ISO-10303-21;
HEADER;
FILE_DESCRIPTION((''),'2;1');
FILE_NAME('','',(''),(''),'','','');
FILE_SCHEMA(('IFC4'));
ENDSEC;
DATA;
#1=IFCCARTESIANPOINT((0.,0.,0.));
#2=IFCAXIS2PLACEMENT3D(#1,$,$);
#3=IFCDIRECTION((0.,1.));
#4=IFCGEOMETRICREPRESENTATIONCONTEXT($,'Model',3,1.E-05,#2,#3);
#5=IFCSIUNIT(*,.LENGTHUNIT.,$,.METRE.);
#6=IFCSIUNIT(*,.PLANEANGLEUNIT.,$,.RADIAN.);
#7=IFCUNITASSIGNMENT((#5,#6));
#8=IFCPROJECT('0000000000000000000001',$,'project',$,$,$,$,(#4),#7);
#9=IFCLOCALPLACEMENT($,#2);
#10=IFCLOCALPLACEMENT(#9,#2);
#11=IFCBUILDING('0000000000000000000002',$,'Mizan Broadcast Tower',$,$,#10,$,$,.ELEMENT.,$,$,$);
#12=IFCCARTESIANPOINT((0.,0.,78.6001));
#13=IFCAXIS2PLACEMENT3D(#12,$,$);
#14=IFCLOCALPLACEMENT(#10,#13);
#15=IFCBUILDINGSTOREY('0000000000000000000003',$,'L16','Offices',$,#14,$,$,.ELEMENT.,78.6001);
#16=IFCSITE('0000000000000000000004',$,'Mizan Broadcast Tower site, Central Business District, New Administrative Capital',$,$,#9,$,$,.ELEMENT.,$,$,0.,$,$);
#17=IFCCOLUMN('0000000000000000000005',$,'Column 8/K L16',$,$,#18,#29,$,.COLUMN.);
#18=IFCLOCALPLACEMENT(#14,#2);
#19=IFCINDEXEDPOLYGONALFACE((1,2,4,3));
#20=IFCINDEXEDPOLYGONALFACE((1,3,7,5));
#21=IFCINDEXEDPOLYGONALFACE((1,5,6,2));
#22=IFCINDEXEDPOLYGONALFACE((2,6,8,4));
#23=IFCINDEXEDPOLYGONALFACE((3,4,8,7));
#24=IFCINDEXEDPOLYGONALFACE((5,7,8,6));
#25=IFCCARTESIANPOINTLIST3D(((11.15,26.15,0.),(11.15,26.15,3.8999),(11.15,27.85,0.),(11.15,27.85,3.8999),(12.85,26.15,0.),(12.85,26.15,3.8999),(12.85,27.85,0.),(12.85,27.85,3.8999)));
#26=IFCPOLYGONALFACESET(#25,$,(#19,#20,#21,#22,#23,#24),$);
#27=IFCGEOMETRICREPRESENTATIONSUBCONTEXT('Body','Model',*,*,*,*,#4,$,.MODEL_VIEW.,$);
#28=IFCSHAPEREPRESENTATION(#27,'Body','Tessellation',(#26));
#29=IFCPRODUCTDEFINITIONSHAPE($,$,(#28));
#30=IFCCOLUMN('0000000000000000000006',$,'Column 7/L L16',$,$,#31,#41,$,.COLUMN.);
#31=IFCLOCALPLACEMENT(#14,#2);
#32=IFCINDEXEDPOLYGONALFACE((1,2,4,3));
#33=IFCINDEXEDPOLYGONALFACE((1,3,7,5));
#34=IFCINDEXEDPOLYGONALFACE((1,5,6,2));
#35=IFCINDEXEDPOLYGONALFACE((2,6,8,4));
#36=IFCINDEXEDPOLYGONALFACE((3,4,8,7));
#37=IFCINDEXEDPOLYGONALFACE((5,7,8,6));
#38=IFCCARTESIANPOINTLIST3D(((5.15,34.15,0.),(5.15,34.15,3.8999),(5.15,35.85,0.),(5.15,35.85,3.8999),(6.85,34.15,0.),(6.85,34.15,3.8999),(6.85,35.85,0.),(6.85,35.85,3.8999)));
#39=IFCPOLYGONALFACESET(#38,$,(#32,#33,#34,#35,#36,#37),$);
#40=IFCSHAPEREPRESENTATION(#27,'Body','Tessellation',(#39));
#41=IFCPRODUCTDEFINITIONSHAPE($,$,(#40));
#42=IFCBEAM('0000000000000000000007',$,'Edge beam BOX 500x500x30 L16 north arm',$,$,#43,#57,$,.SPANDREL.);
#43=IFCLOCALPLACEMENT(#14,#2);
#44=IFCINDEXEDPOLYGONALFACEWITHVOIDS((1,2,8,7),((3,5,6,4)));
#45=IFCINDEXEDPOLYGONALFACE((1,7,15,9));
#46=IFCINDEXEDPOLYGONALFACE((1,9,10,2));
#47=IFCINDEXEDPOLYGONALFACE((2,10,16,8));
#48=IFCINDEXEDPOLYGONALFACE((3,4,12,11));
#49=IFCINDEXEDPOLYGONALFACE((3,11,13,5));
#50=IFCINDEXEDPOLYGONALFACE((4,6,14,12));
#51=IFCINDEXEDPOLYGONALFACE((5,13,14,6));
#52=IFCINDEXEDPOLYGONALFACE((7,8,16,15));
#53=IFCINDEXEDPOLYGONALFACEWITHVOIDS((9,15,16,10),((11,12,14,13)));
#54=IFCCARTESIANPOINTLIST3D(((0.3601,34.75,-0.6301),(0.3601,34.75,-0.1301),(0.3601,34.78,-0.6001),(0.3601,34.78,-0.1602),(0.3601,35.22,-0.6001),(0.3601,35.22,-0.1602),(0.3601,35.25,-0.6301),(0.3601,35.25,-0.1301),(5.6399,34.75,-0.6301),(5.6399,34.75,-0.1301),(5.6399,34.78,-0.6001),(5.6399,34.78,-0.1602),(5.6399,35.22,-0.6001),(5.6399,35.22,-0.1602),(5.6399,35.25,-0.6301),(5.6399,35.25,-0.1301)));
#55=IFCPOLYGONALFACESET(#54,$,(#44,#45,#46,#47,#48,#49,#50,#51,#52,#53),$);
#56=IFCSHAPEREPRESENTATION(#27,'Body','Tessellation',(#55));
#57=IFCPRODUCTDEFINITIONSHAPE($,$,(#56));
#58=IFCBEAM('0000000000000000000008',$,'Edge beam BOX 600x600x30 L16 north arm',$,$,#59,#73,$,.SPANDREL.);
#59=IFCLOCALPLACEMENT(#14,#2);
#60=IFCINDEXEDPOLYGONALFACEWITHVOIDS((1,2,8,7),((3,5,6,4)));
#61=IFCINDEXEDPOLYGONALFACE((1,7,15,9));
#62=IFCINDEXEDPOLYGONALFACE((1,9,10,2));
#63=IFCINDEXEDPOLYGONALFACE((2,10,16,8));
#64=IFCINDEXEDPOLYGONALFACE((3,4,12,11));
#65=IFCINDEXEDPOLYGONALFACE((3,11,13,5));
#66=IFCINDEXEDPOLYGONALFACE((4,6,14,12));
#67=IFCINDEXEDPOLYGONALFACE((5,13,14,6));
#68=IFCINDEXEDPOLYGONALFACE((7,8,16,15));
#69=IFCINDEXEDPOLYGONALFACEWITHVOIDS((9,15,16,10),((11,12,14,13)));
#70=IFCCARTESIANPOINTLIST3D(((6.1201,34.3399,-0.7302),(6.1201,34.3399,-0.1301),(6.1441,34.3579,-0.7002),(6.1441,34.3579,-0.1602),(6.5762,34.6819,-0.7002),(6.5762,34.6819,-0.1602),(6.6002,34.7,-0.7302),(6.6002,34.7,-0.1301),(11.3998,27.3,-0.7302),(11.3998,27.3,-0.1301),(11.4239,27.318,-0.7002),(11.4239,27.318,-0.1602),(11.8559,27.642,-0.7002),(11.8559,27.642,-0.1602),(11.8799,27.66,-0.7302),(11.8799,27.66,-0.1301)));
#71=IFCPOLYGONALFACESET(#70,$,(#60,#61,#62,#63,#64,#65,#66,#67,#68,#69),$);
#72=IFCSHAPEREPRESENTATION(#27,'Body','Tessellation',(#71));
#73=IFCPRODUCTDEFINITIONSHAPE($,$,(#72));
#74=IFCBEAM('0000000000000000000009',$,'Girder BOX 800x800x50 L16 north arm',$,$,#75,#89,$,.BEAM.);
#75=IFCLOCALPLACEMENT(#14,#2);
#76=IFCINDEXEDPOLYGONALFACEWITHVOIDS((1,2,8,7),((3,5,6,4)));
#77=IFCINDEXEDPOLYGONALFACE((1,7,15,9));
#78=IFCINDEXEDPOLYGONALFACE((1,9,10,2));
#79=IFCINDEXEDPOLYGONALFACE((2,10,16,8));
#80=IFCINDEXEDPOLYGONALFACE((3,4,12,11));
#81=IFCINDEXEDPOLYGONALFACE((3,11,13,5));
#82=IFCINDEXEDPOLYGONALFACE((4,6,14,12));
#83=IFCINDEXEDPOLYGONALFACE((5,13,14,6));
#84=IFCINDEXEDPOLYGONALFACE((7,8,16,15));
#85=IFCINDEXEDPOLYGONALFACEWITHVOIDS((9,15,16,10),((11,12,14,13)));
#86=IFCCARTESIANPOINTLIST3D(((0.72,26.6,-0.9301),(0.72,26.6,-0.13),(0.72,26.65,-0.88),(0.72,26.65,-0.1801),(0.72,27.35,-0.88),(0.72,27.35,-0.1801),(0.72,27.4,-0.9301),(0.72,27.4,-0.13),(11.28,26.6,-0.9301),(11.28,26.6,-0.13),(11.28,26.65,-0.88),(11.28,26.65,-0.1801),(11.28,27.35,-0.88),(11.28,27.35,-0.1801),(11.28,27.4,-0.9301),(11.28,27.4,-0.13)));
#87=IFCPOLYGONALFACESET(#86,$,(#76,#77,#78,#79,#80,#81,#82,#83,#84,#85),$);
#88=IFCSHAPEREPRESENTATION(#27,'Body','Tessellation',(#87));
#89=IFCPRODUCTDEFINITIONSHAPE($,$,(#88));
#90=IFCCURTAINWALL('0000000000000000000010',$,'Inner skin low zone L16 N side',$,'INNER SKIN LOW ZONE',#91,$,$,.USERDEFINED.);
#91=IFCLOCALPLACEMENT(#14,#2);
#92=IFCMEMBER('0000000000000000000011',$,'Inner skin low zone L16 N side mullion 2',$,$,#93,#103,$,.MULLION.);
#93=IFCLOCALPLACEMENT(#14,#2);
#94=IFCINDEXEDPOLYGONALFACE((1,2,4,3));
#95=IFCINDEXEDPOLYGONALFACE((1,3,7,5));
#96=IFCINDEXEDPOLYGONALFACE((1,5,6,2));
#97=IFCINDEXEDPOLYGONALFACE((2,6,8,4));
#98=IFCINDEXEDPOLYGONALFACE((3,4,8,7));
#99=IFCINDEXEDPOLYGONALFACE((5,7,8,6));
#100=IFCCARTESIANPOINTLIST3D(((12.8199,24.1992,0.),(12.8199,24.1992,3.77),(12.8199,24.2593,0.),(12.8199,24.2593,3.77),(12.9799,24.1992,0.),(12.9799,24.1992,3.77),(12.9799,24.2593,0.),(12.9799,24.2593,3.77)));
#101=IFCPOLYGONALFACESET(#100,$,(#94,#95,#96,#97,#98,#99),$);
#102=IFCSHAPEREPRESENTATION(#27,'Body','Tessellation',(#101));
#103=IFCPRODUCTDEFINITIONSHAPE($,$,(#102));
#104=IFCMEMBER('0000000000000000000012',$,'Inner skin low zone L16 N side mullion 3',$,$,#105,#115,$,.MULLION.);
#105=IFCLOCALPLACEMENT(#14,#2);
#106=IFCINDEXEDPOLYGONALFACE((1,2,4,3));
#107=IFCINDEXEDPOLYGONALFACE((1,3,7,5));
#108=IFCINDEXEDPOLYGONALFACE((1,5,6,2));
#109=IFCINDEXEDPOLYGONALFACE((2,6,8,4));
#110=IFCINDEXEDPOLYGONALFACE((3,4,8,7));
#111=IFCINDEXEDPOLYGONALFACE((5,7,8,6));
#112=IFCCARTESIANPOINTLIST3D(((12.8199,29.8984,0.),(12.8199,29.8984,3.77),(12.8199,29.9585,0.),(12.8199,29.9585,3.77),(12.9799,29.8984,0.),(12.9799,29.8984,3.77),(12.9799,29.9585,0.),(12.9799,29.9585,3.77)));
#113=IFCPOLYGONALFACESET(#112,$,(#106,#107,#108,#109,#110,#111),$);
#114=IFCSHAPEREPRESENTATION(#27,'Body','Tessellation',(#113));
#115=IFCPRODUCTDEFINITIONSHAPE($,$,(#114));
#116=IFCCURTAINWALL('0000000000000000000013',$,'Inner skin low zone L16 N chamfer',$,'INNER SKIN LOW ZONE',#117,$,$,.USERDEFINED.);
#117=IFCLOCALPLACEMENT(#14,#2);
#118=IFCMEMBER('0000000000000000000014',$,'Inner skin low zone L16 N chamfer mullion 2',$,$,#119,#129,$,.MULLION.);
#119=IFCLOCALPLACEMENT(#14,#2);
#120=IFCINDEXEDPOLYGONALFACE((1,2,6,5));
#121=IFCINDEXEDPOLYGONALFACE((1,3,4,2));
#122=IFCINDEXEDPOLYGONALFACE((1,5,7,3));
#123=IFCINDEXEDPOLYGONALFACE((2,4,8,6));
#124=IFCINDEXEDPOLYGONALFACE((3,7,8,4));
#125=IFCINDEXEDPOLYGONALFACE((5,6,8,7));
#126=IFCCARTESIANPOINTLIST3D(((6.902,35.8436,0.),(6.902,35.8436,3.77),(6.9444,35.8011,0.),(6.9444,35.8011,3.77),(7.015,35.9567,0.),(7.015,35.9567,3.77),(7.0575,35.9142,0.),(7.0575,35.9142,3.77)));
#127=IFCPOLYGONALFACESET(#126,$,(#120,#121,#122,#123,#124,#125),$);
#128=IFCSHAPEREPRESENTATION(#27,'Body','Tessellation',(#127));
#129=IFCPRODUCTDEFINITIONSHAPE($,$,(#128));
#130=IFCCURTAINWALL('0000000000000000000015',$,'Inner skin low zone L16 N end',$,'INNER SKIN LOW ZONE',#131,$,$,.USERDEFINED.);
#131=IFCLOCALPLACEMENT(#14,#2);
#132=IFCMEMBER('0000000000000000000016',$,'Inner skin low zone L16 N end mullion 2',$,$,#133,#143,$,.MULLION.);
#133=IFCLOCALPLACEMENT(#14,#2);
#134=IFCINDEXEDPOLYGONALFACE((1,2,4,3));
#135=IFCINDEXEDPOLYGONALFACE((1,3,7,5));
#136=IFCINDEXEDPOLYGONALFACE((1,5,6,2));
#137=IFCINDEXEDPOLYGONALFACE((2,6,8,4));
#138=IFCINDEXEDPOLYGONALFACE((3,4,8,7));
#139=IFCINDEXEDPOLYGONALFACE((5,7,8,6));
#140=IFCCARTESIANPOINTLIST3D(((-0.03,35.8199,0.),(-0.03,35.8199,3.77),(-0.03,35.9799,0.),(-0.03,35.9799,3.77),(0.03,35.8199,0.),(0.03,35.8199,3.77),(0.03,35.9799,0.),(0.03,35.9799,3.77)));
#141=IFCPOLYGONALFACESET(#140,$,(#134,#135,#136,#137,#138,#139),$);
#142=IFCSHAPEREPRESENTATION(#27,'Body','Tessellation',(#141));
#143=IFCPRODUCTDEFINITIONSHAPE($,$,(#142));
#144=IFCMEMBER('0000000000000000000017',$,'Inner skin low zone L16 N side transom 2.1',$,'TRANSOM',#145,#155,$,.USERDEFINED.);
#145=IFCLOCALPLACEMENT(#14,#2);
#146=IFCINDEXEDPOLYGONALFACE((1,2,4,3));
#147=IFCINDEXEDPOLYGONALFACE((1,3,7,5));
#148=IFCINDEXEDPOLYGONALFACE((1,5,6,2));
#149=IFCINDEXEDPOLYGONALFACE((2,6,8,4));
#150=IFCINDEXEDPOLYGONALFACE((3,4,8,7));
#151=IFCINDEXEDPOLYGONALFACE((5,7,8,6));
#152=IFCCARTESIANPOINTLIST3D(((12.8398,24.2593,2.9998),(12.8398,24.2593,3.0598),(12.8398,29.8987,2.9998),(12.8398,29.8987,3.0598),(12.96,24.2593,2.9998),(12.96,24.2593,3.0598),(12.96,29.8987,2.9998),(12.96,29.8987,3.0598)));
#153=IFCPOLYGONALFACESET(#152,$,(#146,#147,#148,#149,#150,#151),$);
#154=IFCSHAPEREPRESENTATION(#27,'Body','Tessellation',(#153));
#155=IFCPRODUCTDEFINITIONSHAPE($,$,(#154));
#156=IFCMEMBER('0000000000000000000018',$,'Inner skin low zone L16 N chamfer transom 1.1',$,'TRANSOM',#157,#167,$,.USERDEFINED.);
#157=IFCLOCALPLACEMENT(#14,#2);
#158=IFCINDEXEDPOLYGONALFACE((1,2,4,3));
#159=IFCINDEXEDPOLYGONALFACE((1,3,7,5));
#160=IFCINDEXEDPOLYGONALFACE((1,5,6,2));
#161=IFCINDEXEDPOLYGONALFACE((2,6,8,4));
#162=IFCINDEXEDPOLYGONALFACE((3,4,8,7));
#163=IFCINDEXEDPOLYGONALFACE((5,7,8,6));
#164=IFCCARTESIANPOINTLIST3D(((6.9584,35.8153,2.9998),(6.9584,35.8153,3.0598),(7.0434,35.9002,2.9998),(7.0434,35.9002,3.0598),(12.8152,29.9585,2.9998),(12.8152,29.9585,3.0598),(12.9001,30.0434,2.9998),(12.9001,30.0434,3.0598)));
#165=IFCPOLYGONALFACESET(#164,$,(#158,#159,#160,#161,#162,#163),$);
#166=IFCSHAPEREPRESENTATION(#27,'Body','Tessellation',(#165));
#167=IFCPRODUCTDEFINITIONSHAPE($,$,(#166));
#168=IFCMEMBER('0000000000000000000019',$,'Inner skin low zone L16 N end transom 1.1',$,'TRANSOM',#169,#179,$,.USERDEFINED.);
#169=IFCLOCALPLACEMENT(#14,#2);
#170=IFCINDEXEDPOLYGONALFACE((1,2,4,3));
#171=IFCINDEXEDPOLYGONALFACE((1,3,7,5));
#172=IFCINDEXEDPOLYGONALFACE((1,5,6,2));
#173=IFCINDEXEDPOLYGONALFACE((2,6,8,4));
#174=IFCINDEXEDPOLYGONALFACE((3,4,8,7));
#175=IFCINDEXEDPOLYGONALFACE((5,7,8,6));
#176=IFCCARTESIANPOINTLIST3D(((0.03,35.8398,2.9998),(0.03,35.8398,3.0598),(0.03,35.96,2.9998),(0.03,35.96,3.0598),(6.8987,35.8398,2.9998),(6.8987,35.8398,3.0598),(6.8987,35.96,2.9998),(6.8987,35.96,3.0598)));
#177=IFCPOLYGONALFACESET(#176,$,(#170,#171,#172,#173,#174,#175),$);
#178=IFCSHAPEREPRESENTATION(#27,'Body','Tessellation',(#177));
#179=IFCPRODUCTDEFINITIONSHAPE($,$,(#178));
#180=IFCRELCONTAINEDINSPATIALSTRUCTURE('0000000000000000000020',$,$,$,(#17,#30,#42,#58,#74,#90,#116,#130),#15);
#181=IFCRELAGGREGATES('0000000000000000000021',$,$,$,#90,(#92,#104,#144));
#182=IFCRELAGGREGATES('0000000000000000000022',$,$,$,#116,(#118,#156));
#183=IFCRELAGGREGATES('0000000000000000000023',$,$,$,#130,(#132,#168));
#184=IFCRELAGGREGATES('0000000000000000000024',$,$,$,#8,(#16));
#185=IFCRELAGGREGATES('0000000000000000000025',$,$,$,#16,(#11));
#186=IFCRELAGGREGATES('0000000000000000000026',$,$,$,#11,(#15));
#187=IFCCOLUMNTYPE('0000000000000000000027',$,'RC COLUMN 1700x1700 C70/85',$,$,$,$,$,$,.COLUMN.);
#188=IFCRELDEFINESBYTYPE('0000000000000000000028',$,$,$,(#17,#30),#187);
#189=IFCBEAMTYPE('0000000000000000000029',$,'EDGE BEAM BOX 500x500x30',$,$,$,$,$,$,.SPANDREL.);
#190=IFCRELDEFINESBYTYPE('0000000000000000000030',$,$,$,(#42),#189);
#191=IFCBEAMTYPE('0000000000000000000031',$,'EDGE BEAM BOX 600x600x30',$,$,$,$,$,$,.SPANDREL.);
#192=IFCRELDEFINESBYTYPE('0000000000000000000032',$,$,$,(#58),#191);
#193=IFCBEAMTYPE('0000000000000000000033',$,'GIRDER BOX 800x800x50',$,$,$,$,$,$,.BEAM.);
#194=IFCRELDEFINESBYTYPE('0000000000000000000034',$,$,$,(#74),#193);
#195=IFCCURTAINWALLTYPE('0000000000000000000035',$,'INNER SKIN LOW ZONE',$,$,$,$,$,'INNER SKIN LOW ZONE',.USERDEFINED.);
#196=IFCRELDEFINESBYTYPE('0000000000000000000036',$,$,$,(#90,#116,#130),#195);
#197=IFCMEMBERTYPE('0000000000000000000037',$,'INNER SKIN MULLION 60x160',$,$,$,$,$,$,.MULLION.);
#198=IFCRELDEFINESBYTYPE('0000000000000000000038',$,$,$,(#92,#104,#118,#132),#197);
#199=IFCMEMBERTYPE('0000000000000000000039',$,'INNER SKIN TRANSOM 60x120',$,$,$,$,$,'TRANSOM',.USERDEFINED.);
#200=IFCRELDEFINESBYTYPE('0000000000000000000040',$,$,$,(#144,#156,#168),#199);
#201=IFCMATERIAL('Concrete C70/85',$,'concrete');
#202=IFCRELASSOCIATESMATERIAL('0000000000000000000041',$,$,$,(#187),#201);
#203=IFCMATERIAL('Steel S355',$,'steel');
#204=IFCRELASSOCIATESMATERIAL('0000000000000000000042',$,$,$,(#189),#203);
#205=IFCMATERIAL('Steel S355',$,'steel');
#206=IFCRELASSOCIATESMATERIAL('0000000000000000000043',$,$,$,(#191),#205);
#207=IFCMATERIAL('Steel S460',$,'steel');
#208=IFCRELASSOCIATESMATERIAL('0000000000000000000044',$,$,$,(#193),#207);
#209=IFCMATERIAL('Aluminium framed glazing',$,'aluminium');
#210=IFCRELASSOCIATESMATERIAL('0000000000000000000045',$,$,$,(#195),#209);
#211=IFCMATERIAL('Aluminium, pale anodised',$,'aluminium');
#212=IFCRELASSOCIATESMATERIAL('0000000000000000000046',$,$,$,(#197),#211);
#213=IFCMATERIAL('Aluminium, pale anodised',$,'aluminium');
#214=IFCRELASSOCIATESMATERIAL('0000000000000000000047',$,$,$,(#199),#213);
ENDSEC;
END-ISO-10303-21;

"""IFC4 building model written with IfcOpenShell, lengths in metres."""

from ifc_helpers import new_model, si_unit, direction, frame, origin, origin_2d, place, context, subcontext, project, spatial, rectangle, hollow_rectangle, extrude, material, material_profile, profile_set, type_object, element, aggregate, save


model = new_model("IFC4")

# Units and contexts
model_context = context("Model", 3, precision=1e-05, world=origin(), true_north=direction((0.0, 1.0)))
body_context = subcontext(model_context, "Body", "Model", "MODEL_VIEW")
ifc_project = project(units=[si_unit("LENGTHUNIT", "METRE"), si_unit("PLANEANGLEUNIT", "RADIAN")], contexts=[model_context])

# Site, building, storey
site_placement = place(None, origin())
site = spatial("IfcSite", under=ifc_project, at=site_placement, Name="Mizan Broadcast Tower site, Central Business District, New Administrative Capital", CompositionType="ELEMENT", RefElevation=0.0)
building_placement = place(site_placement, origin())
building = spatial("IfcBuilding", under=site, at=building_placement, Name="Mizan Broadcast Tower", CompositionType="ELEMENT")
storey_placement = place(building_placement, frame((0.0, 0.0, 78.6001)))
storey = spatial("IfcBuildingStorey", under=building, at=storey_placement, Name="L16", Description="Offices", CompositionType="ELEMENT", Elevation=78.6001)

# Columns
ifc_material_1 = material(Name="Concrete C70/85", Category="concrete")
ifc_material_profile_1 = material_profile(ifc_material_1, rectangle(XDim=1.7, YDim=1.7, at=origin_2d()), Name="RC 1700x1700")
ifc_profile_set_1 = profile_set([ifc_material_profile_1], Name="Concrete C70/85")
column_type = type_object("IfcColumnType", Name="RC COLUMN 1700x1700 C70/85", PredefinedType="COLUMN", material=ifc_profile_set_1)
for number, where, z_axis, x_axis, name in (
    (1, (12.0, 27.0, 0.0), (0.0, 0.0, 1.0), (1.0, 0.0, 0.0), "Column 8/K L16"),
    (2, (6.0, 35.0, 0.0), (0.0, 0.0, 1.0), (1.0, 0.0, 0.0), "Column 7/L L16"),
):
    element("IfcColumn", number, at=place(storey_placement, frame(where, z_axis=z_axis, x_axis=x_axis)), inside=storey, type_object=column_type, Name=name, PredefinedType="COLUMN", context=body_context, shape_type="SweptSolid", body=[
        extrude(rectangle(XDim=1.7, YDim=1.7, at=origin_2d()), origin(), (0.0, 0.0, 1.0), 3.8999),
    ])

# Beams
ifc_material_2 = material(Name="Steel S355", Category="steel")
ifc_material_profile_2 = material_profile(ifc_material_2, hollow_rectangle(XDim=0.5, YDim=0.5, WallThickness=0.03, at=origin_2d()), Name="BOX 500x500x30")
ifc_profile_set_2 = profile_set([ifc_material_profile_2], Name="Steel S355")
beam_type_1 = type_object("IfcBeamType", Name="EDGE BEAM BOX 500x500x30", PredefinedType="SPANDREL", material=ifc_profile_set_2)
beam_1_placement = place(storey_placement, frame((5.6399, 35.0, -0.3801), z_axis=(-1.0, 0.0, 0.0), x_axis=(0.0, -1.0, 0.0)))
element("IfcBeam", 3, at=beam_1_placement, inside=storey, type_object=beam_type_1, Name="Edge beam BOX 500x500x30 L16 north arm", PredefinedType="SPANDREL", context=body_context, shape_type="SweptSolid", body=[
    extrude(hollow_rectangle(XDim=0.5, YDim=0.5, WallThickness=0.03, at=origin_2d()), origin(), (0.0, 0.0, 1.0), 5.2798),
])
ifc_material_3 = material(Name="Steel S355", Category="steel")
ifc_material_profile_3 = material_profile(ifc_material_3, hollow_rectangle(XDim=0.6001, YDim=0.6001, WallThickness=0.03, at=origin_2d()), Name="BOX 600x600x30")
ifc_profile_set_3 = profile_set([ifc_material_profile_3], Name="Steel S355")
beam_type_2 = type_object("IfcBeamType", Name="EDGE BEAM BOX 600x600x30", PredefinedType="SPANDREL", material=ifc_profile_set_3)
beam_2_placement = place(storey_placement, frame((11.6399, 27.48, -0.4302), z_axis=(-0.599982, 0.800013, 0.0), x_axis=(-0.800013, -0.599982, 0.0)))
element("IfcBeam", 4, at=beam_2_placement, inside=storey, type_object=beam_type_2, Name="Edge beam BOX 600x600x30 L16 north arm", PredefinedType="SPANDREL", context=body_context, shape_type="SweptSolid", body=[
    extrude(hollow_rectangle(XDim=0.6001, YDim=0.6001, WallThickness=0.03, at=origin_2d()), origin(), (0.0, 0.0, 1.0), 8.7998),
])
ifc_material_4 = material(Name="Steel S460", Category="steel")
ifc_material_profile_4 = material_profile(ifc_material_4, hollow_rectangle(XDim=0.8, YDim=0.8, WallThickness=0.05, at=origin_2d()), Name="BOX 800x800x50")
ifc_profile_set_4 = profile_set([ifc_material_profile_4], Name="Steel S460")
beam_type_3 = type_object("IfcBeamType", Name="GIRDER BOX 800x800x50", PredefinedType="BEAM", material=ifc_profile_set_4)
beam_3_placement = place(storey_placement, frame((11.28, 27.0, -0.53), z_axis=(-1.0, 0.0, 0.0), x_axis=(0.0, -1.0, 0.0)))
element("IfcBeam", 5, at=beam_3_placement, inside=storey, type_object=beam_type_3, Name="Girder BOX 800x800x50 L16 north arm", PredefinedType="BEAM", context=body_context, shape_type="SweptSolid", body=[
    extrude(hollow_rectangle(XDim=0.8, YDim=0.8, WallThickness=0.05, at=origin_2d()), origin(), (0.0, 0.0, 1.0), 10.5601),
])

# Curtain wall, members
ifc_material_5 = material(Name="Aluminium framed glazing", Category="aluminium")
curtain_wall_type_1 = type_object("IfcCurtainWallType", Name="INNER SKIN LOW ZONE", ElementType="INNER SKIN LOW ZONE", PredefinedType="USERDEFINED", material=ifc_material_5)
curtain_wall_1_placement = place(storey_placement, origin())
curtain_wall_1 = element("IfcCurtainWall", 6, at=curtain_wall_1_placement, inside=storey, type_object=curtain_wall_type_1, Name="Inner skin low zone L16 N side", ObjectType="INNER SKIN LOW ZONE", PredefinedType="USERDEFINED")
ifc_material_6 = material(Name="Aluminium, pale anodised", Category="aluminium")
ifc_material_profile_5 = material_profile(ifc_material_6, rectangle(XDim=0.1599, YDim=0.0601, at=origin_2d()), Name="MULLION 160x60")
ifc_profile_set_5 = profile_set([ifc_material_profile_5], Name="Aluminium, pale anodised")
member_type_1 = type_object("IfcMemberType", Name="INNER SKIN MULLION 60x160", PredefinedType="MULLION", material=ifc_profile_set_5)
member_1_placement = place(storey_placement, frame((12.8999, 24.2292, 0.0), z_axis=(0.0, 0.0, 1.0), x_axis=(-1.0, 0.0, 0.0)))
member_1 = element("IfcMember", 7, at=member_1_placement, type_object=member_type_1, Name="Inner skin low zone L16 N side mullion 2", PredefinedType="MULLION", context=body_context, shape_type="SweptSolid", body=[
    extrude(rectangle(XDim=0.1599, YDim=0.0601, at=origin_2d()), origin(), (0.0, 0.0, 1.0), 3.77),
])
member_2_placement = place(storey_placement, frame((12.8999, 29.9285, 0.0), z_axis=(0.0, 0.0, 1.0), x_axis=(-1.0, 0.0, 0.0)))
member_2 = element("IfcMember", 8, at=member_2_placement, type_object=member_type_1, Name="Inner skin low zone L16 N side mullion 3", PredefinedType="MULLION", context=body_context, shape_type="SweptSolid", body=[
    extrude(rectangle(XDim=0.1599, YDim=0.0601, at=origin_2d()), origin(), (0.0, 0.0, 1.0), 3.77),
])

# Curtain walls, members
curtain_wall_2_placement = place(storey_placement, origin())
curtain_wall_2 = element("IfcCurtainWall", 9, at=curtain_wall_2_placement, inside=storey, type_object=curtain_wall_type_1, Name="Inner skin low zone L16 N chamfer", ObjectType="INNER SKIN LOW ZONE", PredefinedType="USERDEFINED")
member_3_placement = place(storey_placement, frame((6.9797, 35.8789, 0.0), z_axis=(0.0, 0.0, 1.0), x_axis=(-0.707107, -0.707107, 0.0)))
member_3 = element("IfcMember", 10, at=member_3_placement, type_object=member_type_1, Name="Inner skin low zone L16 N chamfer mullion 2", PredefinedType="MULLION", context=body_context, shape_type="SweptSolid", body=[
    extrude(rectangle(XDim=0.1599, YDim=0.0601, at=origin_2d()), origin(), (0.0, 0.0, 1.0), 3.77),
])
curtain_wall_3_placement = place(storey_placement, origin())
curtain_wall_3 = element("IfcCurtainWall", 11, at=curtain_wall_3_placement, inside=storey, type_object=curtain_wall_type_1, Name="Inner skin low zone L16 N end", ObjectType="INNER SKIN LOW ZONE", PredefinedType="USERDEFINED")
member_4_placement = place(storey_placement, frame((0.0, 35.8999, 0.0), z_axis=(0.0, 0.0, 1.0), x_axis=(0.0, -1.0, 0.0)))
member_4 = element("IfcMember", 12, at=member_4_placement, type_object=member_type_1, Name="Inner skin low zone L16 N end mullion 2", PredefinedType="MULLION", context=body_context, shape_type="SweptSolid", body=[
    extrude(rectangle(XDim=0.1599, YDim=0.0601, at=origin_2d()), origin(), (0.0, 0.0, 1.0), 3.77),
])

# Members
ifc_material_7 = material(Name="Aluminium, pale anodised", Category="aluminium")
ifc_material_profile_6 = material_profile(ifc_material_7, rectangle(XDim=0.1201, YDim=0.0601, at=origin_2d()), Name="TRANSOM 120x60")
ifc_profile_set_6 = profile_set([ifc_material_profile_6], Name="Aluminium, pale anodised")
member_type_2 = type_object("IfcMemberType", Name="INNER SKIN TRANSOM 60x120", ElementType="TRANSOM", PredefinedType="USERDEFINED", material=ifc_profile_set_6)
member_5_placement = place(storey_placement, frame((12.8999, 24.2593, 3.0298), z_axis=(0.0, 1.0, 0.0), x_axis=(-1.0, 0.0, 0.0)))
member_5 = element("IfcMember", 13, at=member_5_placement, type_object=member_type_2, Name="Inner skin low zone L16 N side transom 2.1", ObjectType="TRANSOM", PredefinedType="USERDEFINED", context=body_context, shape_type="SweptSolid", body=[
    extrude(rectangle(XDim=0.1201, YDim=0.0601, at=origin_2d()), origin(), (0.0, 0.0, 1.0), 5.6394),
])
member_6_placement = place(storey_placement, frame((12.8577, 30.001, 3.0298), z_axis=(-0.707107, 0.707107, 0.0), x_axis=(-0.707107, -0.707107, 0.0)))
member_6 = element("IfcMember", 14, at=member_6_placement, type_object=member_type_2, Name="Inner skin low zone L16 N chamfer transom 1.1", ObjectType="TRANSOM", PredefinedType="USERDEFINED", context=body_context, shape_type="SweptSolid", body=[
    extrude(rectangle(XDim=0.1201, YDim=0.0601, at=origin_2d()), origin(), (0.0, 0.0, 1.0), 8.2827),
])
member_7_placement = place(storey_placement, frame((6.8987, 35.8999, 3.0298), z_axis=(-1.0, 0.0, 0.0), x_axis=(0.0, -1.0, 0.0)))
member_7 = element("IfcMember", 15, at=member_7_placement, type_object=member_type_2, Name="Inner skin low zone L16 N end transom 1.1", ObjectType="TRANSOM", PredefinedType="USERDEFINED", context=body_context, shape_type="SweptSolid", body=[
    extrude(rectangle(XDim=0.1201, YDim=0.0601, at=origin_2d()), origin(), (0.0, 0.0, 1.0), 6.8687),
])

aggregate(curtain_wall_1, [member_1, member_2, member_5])
aggregate(curtain_wall_2, [member_3, member_6])
aggregate(curtain_wall_3, [member_4, member_7])

save(model, "model.ifc")
